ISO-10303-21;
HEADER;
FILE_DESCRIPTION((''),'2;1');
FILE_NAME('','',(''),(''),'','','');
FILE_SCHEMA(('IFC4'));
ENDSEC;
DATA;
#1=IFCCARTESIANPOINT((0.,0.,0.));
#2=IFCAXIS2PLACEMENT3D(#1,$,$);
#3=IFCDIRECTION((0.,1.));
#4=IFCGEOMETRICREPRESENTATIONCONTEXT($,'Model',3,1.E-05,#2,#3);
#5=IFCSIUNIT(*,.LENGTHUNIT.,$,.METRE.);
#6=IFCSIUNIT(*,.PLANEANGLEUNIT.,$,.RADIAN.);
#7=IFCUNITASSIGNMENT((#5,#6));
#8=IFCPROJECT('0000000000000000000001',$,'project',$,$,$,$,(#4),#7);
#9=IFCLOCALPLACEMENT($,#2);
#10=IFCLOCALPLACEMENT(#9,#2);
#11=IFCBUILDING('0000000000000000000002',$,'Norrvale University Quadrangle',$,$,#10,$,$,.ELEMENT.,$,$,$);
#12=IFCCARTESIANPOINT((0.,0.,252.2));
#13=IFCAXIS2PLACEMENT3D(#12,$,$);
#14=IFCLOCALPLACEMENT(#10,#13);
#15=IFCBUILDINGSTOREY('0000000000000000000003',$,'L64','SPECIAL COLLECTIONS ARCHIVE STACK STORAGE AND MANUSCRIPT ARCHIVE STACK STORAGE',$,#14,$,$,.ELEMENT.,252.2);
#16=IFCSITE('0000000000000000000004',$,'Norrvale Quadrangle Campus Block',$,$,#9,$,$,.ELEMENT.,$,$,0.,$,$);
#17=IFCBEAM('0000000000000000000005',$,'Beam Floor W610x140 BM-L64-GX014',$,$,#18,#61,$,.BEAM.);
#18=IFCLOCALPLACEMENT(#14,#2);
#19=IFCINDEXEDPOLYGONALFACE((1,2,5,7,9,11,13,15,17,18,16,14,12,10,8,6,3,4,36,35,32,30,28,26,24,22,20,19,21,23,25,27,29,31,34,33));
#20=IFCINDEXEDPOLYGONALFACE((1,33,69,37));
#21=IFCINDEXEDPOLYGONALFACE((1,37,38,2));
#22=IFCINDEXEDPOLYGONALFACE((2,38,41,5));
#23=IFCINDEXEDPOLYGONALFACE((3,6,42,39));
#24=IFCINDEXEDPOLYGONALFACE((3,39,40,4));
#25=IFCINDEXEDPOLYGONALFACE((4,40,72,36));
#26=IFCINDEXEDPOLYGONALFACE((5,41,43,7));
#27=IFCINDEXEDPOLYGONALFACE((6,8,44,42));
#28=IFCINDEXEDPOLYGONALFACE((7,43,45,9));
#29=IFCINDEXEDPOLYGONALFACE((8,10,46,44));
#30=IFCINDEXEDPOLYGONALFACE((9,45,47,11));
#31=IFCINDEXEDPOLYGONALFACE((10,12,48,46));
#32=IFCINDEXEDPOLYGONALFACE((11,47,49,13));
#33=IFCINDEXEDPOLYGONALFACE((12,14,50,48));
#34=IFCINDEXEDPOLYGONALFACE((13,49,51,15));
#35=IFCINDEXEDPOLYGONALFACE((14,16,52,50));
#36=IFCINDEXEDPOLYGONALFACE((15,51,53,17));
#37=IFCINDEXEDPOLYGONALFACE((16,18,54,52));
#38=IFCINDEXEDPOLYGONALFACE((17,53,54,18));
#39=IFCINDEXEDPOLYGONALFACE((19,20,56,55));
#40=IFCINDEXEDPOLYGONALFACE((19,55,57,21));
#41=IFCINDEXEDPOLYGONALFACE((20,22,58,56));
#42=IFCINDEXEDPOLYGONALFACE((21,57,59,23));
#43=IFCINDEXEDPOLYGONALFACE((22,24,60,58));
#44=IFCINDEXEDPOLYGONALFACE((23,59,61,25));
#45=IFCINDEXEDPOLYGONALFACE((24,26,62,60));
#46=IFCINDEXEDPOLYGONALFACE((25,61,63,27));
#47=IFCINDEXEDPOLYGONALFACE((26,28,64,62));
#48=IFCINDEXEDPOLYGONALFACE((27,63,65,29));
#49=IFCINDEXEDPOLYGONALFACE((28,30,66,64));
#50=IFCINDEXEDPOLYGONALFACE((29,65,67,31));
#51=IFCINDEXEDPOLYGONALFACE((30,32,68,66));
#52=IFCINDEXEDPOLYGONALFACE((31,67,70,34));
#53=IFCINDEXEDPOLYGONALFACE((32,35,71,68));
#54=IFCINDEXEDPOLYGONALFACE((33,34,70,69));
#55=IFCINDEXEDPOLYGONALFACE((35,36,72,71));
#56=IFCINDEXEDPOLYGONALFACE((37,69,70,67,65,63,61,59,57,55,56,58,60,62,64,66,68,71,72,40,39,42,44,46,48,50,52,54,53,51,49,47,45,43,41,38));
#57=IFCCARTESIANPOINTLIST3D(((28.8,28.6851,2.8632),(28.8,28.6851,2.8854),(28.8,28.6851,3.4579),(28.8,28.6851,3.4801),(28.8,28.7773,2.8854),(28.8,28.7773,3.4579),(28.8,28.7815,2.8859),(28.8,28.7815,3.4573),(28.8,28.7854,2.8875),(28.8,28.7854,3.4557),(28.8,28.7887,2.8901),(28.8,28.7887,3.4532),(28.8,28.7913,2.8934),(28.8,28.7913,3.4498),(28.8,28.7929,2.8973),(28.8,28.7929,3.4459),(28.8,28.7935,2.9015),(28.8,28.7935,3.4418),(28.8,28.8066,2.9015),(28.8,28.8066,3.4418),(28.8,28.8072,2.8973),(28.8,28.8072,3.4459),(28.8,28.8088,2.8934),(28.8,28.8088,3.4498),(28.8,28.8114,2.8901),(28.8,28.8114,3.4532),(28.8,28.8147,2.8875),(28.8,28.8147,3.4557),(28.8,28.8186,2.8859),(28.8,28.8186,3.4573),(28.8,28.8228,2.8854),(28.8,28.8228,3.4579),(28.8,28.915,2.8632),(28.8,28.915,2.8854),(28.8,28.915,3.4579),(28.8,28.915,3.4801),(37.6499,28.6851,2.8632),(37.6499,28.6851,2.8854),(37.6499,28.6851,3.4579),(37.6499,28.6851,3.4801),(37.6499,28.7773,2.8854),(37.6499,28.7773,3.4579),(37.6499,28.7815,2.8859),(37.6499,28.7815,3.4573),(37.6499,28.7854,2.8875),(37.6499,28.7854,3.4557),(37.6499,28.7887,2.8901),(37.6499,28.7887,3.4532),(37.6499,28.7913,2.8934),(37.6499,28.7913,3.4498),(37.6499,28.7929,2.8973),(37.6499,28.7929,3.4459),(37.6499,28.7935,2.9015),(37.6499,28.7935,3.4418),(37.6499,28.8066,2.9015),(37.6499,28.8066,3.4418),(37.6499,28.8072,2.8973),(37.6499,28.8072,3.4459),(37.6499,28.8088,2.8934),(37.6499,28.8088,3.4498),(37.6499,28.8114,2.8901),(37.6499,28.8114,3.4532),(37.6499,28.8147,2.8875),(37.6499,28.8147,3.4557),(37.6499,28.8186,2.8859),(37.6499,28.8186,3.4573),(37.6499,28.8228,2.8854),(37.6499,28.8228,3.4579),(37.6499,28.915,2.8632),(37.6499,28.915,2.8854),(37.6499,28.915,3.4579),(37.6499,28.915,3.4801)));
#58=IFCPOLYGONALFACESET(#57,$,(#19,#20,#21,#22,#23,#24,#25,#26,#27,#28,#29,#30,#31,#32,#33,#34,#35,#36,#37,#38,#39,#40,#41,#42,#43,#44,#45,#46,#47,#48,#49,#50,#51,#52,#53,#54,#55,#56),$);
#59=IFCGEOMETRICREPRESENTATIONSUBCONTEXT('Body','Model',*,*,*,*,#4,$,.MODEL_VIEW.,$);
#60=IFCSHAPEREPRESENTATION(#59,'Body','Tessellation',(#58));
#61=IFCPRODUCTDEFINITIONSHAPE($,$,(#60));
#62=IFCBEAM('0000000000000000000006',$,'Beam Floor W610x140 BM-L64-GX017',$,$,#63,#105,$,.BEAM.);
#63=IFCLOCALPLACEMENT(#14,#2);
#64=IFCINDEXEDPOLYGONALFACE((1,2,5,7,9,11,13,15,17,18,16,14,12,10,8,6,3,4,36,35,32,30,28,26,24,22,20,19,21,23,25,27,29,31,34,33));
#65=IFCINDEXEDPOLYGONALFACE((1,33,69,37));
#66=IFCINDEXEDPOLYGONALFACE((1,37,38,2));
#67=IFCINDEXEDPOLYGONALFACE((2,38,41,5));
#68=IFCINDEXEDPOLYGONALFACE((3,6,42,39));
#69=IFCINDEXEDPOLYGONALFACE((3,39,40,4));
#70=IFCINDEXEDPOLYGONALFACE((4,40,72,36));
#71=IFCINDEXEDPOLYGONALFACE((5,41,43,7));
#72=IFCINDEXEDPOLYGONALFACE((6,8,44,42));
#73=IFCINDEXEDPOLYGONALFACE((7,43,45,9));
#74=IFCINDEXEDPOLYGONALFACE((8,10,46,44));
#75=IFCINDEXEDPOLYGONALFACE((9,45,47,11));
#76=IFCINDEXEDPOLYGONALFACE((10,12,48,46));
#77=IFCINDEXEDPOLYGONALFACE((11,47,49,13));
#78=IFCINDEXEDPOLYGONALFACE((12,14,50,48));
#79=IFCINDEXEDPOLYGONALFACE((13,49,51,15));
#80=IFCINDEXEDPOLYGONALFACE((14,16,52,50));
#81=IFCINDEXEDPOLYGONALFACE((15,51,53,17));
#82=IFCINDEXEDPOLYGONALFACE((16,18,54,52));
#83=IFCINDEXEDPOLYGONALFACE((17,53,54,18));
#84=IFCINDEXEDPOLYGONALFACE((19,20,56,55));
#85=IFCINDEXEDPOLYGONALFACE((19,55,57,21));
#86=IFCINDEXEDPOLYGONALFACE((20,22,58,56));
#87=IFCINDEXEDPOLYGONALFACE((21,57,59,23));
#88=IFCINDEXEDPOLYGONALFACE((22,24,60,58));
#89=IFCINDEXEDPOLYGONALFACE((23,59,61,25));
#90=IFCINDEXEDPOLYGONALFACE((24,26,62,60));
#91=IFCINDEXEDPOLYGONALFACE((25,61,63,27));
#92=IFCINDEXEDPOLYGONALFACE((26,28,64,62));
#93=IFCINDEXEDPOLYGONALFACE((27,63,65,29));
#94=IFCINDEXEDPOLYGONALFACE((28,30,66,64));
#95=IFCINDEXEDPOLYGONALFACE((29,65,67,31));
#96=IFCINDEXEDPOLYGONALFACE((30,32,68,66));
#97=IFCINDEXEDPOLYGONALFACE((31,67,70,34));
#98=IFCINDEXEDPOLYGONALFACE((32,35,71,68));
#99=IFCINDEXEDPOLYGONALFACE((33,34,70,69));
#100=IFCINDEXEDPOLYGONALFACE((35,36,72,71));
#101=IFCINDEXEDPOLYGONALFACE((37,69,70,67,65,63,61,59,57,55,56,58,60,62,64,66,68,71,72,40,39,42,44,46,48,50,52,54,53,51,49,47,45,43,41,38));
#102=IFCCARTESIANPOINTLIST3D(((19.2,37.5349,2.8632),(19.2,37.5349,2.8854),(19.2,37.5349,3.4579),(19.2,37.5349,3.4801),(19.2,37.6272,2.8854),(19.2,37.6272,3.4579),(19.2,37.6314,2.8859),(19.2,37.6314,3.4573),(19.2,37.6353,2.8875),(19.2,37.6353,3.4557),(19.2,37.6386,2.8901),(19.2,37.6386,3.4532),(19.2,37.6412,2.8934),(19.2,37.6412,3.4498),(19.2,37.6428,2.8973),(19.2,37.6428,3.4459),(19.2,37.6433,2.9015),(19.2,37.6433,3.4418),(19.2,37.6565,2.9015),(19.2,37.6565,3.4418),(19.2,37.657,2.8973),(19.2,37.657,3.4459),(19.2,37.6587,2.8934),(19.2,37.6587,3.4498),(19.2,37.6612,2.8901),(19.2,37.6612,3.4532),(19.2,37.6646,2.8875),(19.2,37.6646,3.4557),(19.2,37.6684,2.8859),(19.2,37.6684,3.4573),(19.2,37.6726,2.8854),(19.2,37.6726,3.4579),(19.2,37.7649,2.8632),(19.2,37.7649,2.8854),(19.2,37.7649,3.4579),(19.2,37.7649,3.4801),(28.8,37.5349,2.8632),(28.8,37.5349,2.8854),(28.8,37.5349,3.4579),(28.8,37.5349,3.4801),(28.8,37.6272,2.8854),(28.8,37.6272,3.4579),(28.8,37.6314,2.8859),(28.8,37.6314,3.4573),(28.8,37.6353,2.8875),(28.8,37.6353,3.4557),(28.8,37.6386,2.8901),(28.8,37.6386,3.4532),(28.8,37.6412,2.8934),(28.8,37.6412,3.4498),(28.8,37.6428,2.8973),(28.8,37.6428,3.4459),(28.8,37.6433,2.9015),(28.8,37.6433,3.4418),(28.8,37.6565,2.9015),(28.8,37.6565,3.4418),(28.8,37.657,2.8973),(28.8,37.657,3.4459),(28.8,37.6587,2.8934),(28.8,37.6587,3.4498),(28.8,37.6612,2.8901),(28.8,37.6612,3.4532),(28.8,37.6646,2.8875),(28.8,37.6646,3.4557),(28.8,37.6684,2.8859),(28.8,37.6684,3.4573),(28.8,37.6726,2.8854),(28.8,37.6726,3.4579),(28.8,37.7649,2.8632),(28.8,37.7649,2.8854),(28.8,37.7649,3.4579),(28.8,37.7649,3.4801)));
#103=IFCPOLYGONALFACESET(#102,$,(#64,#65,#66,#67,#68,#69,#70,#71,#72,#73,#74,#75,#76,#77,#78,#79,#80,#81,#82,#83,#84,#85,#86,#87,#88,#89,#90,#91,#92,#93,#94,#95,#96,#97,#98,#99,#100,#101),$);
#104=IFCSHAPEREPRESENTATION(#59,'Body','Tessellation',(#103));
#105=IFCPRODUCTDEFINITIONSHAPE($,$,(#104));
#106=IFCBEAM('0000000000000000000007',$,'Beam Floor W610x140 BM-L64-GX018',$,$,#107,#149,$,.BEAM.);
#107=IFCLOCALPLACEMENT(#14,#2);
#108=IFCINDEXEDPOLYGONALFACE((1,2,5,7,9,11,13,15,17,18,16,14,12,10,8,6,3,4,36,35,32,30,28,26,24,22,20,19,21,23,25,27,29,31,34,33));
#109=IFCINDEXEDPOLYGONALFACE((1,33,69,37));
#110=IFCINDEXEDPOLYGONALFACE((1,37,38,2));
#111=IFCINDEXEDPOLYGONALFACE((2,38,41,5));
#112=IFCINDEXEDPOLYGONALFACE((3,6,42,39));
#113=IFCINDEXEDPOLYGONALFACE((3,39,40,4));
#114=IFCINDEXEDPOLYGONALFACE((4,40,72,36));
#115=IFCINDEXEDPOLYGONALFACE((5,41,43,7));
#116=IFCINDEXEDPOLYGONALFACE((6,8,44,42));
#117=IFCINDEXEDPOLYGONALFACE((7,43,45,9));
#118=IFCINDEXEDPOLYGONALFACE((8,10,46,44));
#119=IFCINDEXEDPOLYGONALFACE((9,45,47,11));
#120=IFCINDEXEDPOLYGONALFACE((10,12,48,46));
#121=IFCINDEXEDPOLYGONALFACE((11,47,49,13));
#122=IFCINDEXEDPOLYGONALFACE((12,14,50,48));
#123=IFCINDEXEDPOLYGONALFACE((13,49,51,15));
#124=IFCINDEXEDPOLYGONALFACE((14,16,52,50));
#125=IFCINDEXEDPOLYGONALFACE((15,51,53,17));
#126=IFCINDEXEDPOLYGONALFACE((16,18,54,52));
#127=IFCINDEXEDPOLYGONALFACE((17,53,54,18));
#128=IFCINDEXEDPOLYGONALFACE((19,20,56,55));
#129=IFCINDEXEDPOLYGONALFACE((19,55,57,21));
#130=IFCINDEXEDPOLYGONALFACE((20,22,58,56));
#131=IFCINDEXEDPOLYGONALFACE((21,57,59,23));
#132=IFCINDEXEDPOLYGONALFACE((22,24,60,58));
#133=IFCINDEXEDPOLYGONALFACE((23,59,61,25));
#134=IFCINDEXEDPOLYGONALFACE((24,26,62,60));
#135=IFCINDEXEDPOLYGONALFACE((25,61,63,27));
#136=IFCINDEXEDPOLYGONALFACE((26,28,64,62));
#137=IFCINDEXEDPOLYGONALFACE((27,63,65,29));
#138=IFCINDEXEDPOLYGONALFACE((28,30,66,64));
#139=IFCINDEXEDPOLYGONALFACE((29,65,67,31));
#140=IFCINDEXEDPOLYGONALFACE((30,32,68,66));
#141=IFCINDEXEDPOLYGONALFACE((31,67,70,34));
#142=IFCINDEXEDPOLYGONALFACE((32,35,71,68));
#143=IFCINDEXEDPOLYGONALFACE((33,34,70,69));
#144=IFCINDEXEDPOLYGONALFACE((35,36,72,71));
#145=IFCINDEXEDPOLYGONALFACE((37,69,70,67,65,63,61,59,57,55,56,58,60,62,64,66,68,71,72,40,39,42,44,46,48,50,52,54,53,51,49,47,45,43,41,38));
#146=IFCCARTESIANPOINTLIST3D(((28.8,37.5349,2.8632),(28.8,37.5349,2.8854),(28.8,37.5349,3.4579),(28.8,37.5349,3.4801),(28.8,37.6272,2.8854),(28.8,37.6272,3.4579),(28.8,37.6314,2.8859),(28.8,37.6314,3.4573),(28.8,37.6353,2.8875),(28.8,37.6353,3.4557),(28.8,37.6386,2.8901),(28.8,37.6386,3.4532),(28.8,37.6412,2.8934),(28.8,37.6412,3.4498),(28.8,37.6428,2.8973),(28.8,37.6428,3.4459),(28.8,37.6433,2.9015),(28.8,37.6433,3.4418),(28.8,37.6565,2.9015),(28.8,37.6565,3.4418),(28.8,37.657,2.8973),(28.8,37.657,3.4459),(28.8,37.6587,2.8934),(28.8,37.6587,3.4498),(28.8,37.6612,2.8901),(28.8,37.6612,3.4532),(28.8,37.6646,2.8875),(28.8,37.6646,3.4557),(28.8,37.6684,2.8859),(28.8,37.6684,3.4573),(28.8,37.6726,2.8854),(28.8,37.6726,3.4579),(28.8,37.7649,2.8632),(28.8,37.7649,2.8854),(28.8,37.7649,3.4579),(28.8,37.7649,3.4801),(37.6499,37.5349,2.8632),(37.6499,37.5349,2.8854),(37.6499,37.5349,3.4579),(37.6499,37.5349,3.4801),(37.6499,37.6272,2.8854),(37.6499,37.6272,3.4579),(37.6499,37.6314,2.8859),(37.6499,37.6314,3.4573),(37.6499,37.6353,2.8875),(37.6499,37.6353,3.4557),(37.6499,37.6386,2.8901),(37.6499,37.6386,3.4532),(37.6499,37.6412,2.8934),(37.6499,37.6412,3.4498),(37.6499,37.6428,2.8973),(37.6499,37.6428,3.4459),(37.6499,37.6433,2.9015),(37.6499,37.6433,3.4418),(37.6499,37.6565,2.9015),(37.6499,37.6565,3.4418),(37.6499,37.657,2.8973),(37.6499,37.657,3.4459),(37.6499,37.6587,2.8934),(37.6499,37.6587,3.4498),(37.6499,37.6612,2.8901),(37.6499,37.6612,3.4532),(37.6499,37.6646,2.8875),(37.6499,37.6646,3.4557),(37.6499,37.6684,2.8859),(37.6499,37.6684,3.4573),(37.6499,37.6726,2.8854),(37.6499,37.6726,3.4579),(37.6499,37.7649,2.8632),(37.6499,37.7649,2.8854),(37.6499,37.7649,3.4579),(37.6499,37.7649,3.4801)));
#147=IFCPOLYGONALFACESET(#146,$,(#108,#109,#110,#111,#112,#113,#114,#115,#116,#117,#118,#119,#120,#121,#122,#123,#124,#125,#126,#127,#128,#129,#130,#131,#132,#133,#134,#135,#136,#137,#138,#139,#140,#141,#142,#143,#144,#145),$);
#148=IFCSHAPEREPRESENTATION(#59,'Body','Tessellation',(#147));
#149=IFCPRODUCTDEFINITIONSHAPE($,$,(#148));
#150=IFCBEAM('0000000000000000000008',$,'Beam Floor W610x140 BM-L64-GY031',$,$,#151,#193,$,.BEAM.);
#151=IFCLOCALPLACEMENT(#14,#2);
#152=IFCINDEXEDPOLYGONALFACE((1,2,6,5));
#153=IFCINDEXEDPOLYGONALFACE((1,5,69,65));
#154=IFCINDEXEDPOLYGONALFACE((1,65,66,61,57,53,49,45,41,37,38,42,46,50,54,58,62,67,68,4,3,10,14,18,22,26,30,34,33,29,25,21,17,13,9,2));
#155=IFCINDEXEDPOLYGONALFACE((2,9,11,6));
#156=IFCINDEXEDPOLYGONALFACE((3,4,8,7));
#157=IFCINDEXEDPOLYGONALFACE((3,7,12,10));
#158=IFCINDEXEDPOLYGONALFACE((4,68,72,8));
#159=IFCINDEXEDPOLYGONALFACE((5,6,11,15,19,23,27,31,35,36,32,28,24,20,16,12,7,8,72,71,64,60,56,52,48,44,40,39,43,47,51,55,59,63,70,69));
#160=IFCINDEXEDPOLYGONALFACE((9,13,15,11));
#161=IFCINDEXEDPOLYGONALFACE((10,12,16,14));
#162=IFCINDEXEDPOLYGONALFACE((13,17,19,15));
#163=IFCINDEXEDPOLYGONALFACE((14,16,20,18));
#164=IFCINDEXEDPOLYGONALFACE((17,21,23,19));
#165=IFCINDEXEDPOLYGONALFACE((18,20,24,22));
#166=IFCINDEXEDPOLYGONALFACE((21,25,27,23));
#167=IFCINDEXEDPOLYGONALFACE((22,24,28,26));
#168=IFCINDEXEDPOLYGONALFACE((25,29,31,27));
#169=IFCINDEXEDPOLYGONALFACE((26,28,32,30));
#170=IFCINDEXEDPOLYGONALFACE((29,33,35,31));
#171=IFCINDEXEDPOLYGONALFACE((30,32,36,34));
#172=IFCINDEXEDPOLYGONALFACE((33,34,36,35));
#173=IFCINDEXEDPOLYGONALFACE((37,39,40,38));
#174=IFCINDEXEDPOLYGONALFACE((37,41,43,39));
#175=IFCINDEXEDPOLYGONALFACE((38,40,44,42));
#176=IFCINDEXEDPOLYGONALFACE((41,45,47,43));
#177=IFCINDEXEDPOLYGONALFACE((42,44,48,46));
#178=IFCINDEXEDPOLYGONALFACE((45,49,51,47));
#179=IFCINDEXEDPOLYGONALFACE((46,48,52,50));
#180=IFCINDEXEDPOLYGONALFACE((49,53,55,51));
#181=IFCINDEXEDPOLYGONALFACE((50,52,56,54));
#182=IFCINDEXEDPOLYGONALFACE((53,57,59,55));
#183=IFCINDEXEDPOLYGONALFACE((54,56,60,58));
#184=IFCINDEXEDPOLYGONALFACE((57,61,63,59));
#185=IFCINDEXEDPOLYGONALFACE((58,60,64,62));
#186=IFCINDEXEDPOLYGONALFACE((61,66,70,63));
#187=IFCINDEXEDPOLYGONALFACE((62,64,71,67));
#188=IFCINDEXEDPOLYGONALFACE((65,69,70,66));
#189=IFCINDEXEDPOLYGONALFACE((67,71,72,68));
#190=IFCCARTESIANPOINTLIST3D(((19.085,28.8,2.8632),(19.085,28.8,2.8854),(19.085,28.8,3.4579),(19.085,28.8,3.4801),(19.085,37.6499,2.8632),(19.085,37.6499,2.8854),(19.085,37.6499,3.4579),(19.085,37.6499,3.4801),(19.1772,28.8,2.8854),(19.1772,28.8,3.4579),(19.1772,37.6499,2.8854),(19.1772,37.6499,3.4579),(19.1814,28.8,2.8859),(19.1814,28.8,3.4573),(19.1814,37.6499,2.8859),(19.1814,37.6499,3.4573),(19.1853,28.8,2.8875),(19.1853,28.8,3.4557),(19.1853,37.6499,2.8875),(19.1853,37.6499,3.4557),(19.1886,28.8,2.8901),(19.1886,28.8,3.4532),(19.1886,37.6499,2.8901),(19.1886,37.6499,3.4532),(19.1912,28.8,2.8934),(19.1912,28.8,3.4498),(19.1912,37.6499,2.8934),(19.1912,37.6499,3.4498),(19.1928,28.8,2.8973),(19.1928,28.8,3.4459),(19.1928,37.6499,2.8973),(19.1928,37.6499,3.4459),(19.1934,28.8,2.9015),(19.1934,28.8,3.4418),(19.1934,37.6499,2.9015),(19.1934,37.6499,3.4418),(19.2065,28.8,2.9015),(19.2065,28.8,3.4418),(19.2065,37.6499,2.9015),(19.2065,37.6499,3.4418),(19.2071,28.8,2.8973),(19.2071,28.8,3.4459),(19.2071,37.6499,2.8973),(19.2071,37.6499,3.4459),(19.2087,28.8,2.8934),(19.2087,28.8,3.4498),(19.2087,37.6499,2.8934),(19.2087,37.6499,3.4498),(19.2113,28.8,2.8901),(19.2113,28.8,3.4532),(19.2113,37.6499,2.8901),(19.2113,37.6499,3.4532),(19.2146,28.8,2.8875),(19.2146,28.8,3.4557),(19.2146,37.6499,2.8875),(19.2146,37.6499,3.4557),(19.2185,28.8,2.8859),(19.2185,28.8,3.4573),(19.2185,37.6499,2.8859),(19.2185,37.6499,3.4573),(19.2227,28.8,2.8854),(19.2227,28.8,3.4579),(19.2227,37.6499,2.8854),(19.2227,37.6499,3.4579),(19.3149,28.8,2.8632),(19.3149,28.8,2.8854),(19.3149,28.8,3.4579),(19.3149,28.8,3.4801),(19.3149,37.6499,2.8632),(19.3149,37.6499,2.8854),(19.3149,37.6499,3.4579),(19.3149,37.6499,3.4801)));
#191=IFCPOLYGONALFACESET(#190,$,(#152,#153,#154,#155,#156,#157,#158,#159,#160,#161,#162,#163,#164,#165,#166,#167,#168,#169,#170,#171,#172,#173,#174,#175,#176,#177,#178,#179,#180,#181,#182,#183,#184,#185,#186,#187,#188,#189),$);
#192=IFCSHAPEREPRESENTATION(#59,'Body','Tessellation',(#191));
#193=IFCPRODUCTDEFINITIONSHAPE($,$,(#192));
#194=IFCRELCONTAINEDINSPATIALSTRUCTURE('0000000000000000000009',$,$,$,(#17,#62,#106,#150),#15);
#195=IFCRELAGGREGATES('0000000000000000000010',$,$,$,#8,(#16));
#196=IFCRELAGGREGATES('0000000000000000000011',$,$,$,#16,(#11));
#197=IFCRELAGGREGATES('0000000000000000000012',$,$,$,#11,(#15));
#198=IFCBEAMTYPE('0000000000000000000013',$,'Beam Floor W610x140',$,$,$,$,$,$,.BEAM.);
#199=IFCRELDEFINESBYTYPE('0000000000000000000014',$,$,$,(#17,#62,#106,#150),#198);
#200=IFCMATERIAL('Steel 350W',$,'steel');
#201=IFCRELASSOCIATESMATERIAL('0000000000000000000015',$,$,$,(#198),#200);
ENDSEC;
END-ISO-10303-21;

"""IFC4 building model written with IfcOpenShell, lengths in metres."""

from ifc_helpers import new_model, si_unit, direction, frame, origin, origin_2d, place, context, subcontext, project, spatial, i_section, extrude, material, material_profile, profile_set, type_object, element, save


model = new_model("IFC4")

# Units and contexts
model_context = context("Model", 3, precision=1e-05, world=origin(), true_north=direction((0.0, 1.0)))
body_context = subcontext(model_context, "Body", "Model", "MODEL_VIEW")
ifc_project = project(units=[si_unit("LENGTHUNIT", "METRE"), si_unit("PLANEANGLEUNIT", "RADIAN")], contexts=[model_context])

# Site, building, storey
site_placement = place(None, origin())
site = spatial("IfcSite", under=ifc_project, at=site_placement, Name="Norrvale Quadrangle Campus Block", CompositionType="ELEMENT", RefElevation=0.0)
building_placement = place(site_placement, origin())
building = spatial("IfcBuilding", under=site, at=building_placement, Name="Norrvale University Quadrangle", CompositionType="ELEMENT")
storey_placement = place(building_placement, frame((0.0, 0.0, 252.2)))
storey = spatial("IfcBuildingStorey", under=building, at=storey_placement, Name="L64", Description="SPECIAL COLLECTIONS ARCHIVE STACK STORAGE AND MANUSCRIPT ARCHIVE STACK STORAGE", CompositionType="ELEMENT", Elevation=252.2)

# Beams
ifc_material_1 = material(Name="Steel 350W", Category="steel")
ifc_material_profile_1 = material_profile(ifc_material_1, i_section(OverallWidth=0.23, OverallDepth=0.6169, WebThickness=0.0132, FlangeThickness=0.0222, FilletRadius=0.0161, at=origin_2d()), Name="Steel 350W")
ifc_profile_set_1 = profile_set([ifc_material_profile_1], Name="Steel 350W")
beam_type_1 = type_object("IfcBeamType", Name="Beam Floor W610x140", PredefinedType="BEAM", material=ifc_profile_set_1)
beam_1_placement = place(storey_placement, frame((28.8, 28.8, 3.1716), z_axis=(1.0, 0.0, 0.0), x_axis=(0.0, 1.0, 0.0)))
element("IfcBeam", 1, at=beam_1_placement, inside=storey, type_object=beam_type_1, Name="Beam Floor W610x140 BM-L64-GX014", PredefinedType="BEAM", context=body_context, shape_type="SweptSolid", body=[
    extrude(i_section(OverallWidth=0.23, OverallDepth=0.6169, WebThickness=0.0132, FlangeThickness=0.0222, FilletRadius=0.0161, at=origin_2d()), origin(), (0.0, 0.0, 1.0), 8.8499),
])
beam_2_placement = place(storey_placement, frame((19.2, 37.6499, 3.1716), z_axis=(1.0, 0.0, 0.0), x_axis=(0.0, 1.0, 0.0)))
element("IfcBeam", 2, at=beam_2_placement, inside=storey, type_object=beam_type_1, Name="Beam Floor W610x140 BM-L64-GX017", PredefinedType="BEAM", context=body_context, shape_type="SweptSolid", body=[
    extrude(i_section(OverallWidth=0.23, OverallDepth=0.6169, WebThickness=0.0132, FlangeThickness=0.0222, FilletRadius=0.0161, at=origin_2d()), origin(), (0.0, 0.0, 1.0), 9.6001),
])
for number, where, z_axis, x_axis, name in (
    (3, (28.8, 37.6499, 3.1716), (1.0, 0.0, 0.0), (0.0, 1.0, 0.0), "Beam Floor W610x140 BM-L64-GX018"),
    (4, (19.2, 28.8, 3.1716), (0.0, 1.0, 0.0), (-1.0, 0.0, 0.0), "Beam Floor W610x140 BM-L64-GY031"),
):
    element("IfcBeam", number, at=place(storey_placement, frame(where, z_axis=z_axis, x_axis=x_axis)), inside=storey, type_object=beam_type_1, Name=name, PredefinedType="BEAM", context=body_context, shape_type="SweptSolid", body=[
        extrude(i_section(OverallWidth=0.23, OverallDepth=0.6169, WebThickness=0.0132, FlangeThickness=0.0222, FilletRadius=0.0161, at=origin_2d()), origin(), (0.0, 0.0, 1.0), 8.8499),
    ])

save(model, "model.ifc")
